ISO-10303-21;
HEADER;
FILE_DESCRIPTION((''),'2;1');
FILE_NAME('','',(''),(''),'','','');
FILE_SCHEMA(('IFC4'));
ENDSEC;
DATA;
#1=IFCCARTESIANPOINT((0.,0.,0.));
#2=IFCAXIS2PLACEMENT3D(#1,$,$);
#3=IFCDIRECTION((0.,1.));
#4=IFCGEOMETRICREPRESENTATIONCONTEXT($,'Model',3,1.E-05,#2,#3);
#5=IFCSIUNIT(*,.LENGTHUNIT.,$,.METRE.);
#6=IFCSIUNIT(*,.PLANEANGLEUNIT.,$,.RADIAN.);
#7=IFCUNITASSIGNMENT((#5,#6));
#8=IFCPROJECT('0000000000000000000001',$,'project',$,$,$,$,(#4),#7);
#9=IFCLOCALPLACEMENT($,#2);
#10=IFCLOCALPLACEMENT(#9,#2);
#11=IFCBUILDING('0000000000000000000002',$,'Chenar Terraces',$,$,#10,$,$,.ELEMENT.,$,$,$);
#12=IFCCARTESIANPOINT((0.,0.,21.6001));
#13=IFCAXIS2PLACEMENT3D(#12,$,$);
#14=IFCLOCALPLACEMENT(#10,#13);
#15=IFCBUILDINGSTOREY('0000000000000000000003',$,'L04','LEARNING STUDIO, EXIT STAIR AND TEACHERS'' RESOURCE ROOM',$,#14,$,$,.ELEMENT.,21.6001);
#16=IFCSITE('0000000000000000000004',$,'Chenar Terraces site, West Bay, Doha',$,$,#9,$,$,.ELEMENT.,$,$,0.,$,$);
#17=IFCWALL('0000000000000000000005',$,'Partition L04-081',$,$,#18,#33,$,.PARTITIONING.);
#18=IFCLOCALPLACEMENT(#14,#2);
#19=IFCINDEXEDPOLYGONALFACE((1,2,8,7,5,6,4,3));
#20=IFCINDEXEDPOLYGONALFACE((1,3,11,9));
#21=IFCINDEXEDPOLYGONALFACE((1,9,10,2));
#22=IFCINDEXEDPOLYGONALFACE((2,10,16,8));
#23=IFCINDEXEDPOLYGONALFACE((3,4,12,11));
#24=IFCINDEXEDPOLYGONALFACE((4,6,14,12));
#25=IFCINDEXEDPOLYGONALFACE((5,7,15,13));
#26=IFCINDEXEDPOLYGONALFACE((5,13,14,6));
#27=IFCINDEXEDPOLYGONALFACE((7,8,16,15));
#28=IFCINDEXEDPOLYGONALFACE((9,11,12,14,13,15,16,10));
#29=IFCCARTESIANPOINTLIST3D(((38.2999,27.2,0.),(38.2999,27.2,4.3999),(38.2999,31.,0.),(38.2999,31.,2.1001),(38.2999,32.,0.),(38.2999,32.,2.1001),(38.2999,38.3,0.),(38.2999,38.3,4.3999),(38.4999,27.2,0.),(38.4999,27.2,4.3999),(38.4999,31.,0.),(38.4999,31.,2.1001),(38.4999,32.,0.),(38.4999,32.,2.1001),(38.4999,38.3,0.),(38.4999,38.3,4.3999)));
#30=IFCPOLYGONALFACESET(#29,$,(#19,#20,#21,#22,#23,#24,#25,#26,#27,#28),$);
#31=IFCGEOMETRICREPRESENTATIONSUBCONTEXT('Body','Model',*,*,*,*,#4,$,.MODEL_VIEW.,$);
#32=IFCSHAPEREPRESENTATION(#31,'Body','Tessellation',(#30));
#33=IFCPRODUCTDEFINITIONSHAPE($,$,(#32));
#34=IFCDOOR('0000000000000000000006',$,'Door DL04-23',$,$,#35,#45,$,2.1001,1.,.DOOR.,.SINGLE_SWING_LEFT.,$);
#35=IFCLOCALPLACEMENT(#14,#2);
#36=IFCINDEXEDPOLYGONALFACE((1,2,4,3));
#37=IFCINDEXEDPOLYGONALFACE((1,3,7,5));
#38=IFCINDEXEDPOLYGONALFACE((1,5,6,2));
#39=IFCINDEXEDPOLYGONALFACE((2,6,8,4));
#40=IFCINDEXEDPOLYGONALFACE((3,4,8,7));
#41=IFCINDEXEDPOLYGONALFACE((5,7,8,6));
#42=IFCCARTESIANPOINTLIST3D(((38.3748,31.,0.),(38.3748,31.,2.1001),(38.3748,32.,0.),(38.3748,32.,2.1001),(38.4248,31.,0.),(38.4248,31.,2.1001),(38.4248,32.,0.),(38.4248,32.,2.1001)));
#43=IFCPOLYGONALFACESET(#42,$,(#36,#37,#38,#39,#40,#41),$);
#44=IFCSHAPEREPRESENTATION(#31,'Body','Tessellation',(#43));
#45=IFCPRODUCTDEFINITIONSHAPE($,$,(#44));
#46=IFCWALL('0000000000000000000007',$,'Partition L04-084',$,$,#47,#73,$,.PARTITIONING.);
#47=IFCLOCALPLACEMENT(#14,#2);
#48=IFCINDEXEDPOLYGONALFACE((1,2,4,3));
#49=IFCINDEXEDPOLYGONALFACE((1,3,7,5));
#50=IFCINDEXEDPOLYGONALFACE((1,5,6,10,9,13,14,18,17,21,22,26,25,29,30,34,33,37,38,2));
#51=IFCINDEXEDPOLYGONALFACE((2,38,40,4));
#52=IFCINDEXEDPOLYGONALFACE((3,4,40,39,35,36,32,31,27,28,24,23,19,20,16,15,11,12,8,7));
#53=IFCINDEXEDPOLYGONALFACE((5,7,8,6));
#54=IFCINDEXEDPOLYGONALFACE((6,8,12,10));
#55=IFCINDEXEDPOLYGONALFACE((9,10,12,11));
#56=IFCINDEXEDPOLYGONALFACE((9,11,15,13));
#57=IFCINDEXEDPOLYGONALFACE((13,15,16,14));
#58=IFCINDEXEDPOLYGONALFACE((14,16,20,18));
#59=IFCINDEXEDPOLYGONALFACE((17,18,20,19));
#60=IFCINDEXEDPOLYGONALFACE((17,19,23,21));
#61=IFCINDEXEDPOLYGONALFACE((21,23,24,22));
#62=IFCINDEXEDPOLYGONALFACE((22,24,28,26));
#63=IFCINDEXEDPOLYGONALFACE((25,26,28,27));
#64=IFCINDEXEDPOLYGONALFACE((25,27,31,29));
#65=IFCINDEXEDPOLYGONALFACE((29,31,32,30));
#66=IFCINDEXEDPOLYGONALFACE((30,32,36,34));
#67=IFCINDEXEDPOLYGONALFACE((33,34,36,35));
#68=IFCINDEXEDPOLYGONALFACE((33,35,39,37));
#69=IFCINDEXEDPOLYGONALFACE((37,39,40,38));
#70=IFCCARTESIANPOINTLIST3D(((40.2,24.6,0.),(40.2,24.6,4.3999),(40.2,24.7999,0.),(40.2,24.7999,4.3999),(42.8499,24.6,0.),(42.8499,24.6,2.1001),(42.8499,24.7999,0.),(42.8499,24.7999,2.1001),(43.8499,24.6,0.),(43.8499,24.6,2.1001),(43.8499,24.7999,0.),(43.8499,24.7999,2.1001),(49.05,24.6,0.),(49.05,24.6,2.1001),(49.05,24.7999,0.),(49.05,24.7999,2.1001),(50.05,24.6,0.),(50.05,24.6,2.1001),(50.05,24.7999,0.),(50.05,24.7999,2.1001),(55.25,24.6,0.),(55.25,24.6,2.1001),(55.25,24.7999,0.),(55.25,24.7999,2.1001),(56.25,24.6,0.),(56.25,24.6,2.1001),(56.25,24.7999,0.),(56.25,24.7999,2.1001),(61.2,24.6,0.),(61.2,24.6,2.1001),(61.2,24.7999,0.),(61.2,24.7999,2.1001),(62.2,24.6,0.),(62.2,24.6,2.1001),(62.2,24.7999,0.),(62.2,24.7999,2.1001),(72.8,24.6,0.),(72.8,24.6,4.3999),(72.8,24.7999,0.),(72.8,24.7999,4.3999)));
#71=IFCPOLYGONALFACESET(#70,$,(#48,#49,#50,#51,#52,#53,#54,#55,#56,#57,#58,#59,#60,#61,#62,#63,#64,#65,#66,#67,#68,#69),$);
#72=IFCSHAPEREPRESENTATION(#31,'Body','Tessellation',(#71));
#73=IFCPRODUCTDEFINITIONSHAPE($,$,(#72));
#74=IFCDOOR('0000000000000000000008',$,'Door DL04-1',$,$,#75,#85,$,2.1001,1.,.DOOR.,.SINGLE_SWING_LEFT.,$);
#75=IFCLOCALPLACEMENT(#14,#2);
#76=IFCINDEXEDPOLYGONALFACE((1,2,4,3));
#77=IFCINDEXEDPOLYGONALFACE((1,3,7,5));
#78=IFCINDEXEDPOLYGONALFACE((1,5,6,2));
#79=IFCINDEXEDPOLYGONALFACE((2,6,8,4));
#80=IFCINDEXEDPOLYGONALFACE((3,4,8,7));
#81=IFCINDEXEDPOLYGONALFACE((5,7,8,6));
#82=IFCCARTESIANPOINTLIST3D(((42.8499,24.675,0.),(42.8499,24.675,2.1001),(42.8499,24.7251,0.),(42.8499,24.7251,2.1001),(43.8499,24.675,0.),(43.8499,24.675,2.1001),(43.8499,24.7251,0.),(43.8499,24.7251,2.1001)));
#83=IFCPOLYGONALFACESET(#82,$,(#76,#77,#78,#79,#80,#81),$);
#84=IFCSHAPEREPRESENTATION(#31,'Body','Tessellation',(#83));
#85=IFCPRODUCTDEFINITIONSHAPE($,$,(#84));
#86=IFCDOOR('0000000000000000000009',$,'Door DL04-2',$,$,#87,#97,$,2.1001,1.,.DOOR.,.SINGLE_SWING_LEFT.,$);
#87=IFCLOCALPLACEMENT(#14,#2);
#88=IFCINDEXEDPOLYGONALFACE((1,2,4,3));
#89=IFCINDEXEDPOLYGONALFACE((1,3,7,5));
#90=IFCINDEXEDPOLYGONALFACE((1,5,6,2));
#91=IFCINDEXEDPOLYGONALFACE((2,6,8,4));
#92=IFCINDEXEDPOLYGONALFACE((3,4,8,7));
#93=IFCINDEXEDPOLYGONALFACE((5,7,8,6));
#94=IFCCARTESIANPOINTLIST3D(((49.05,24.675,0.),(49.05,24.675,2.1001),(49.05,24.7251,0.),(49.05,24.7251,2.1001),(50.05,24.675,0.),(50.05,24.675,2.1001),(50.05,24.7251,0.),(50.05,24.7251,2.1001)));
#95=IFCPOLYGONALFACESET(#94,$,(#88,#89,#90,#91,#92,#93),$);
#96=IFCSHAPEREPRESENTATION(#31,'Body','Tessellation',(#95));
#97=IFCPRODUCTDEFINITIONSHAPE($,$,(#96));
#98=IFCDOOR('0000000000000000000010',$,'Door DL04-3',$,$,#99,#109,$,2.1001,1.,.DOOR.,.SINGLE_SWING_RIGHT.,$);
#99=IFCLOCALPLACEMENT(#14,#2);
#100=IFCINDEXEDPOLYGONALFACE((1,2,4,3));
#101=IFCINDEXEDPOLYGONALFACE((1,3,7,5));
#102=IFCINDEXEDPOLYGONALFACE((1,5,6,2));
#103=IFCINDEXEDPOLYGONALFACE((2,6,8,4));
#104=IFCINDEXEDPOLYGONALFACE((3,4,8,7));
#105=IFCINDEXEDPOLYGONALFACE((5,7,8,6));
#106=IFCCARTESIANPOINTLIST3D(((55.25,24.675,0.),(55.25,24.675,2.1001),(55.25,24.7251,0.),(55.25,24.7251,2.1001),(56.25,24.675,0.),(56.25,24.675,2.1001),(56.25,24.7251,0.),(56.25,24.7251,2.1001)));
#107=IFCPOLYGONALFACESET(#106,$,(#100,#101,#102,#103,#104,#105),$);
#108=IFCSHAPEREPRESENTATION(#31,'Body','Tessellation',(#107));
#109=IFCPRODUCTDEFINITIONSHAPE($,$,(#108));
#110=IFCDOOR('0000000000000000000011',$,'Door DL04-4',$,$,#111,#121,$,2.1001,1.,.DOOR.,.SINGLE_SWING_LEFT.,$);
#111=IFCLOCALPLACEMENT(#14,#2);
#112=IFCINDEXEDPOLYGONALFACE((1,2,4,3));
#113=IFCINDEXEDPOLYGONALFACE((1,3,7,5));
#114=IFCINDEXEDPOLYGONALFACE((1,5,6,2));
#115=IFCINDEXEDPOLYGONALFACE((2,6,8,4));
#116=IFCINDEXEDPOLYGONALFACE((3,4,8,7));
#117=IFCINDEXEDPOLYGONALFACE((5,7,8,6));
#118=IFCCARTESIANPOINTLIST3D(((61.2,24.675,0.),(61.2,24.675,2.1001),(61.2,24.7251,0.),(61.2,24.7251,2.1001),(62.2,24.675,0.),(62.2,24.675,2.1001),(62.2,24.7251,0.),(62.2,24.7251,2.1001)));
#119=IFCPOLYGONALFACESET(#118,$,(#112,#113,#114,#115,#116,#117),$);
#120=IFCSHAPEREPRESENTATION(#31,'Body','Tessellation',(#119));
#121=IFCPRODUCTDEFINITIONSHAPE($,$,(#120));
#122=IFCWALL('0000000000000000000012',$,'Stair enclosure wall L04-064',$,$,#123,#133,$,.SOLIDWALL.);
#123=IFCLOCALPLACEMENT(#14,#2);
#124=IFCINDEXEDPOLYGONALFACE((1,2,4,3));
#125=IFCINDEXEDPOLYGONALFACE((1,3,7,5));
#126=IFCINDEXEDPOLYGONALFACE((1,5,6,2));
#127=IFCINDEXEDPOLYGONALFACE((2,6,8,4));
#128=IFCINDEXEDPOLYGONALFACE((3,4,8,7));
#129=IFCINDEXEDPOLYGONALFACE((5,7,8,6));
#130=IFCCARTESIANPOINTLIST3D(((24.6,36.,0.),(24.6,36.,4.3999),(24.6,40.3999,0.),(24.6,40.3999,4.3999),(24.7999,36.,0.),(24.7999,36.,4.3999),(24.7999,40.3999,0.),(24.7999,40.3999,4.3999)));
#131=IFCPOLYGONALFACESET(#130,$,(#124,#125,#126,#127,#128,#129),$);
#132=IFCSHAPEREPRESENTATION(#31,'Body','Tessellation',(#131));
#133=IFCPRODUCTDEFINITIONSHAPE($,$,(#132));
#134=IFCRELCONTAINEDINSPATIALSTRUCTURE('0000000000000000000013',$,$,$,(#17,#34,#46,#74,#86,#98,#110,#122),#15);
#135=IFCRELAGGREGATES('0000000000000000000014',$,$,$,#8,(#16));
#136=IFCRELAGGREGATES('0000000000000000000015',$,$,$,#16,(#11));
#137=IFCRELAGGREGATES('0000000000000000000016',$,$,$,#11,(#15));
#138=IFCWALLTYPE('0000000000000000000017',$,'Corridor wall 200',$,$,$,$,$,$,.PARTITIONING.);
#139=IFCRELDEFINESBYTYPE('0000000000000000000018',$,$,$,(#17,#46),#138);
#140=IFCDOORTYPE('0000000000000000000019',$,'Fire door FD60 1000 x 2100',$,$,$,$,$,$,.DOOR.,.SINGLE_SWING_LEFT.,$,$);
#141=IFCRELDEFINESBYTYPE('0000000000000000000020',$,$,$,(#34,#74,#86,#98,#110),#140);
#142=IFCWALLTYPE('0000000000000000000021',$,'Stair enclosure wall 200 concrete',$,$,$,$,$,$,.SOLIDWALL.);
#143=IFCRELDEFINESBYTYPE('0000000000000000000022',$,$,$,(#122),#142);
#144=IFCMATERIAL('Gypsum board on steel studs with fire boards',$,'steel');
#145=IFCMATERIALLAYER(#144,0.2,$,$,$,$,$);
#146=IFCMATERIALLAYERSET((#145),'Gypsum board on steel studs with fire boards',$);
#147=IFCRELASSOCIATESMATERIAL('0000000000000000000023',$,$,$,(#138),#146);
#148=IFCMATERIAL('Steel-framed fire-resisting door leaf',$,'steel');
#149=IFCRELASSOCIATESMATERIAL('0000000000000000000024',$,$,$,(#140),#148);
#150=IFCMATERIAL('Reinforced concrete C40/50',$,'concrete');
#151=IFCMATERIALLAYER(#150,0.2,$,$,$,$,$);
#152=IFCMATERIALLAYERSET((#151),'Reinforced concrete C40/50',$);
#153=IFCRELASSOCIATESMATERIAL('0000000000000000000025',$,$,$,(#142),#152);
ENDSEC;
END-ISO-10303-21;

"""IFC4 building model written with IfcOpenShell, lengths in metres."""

from ifc_helpers import new_model, si_unit, direction, frame, frame_2d, origin, place, context, subcontext, project, spatial, rectangle, extrude, material, layer, layer_set, type_object, element, fill, save


model = new_model("IFC4")

# Units and contexts
model_context = context("Model", 3, precision=1e-05, world=origin(), true_north=direction((0.0, 1.0)))
body_context = subcontext(model_context, "Body", "Model", "MODEL_VIEW")
ifc_project = project(units=[si_unit("LENGTHUNIT", "METRE"), si_unit("PLANEANGLEUNIT", "RADIAN")], contexts=[model_context])

# Site, building, storey
site_placement = place(None, origin())
site = spatial("IfcSite", under=ifc_project, at=site_placement, Name="Chenar Terraces site, West Bay, Doha", CompositionType="ELEMENT", RefElevation=0.0)
building_placement = place(site_placement, origin())
building = spatial("IfcBuilding", under=site, at=building_placement, Name="Chenar Terraces", CompositionType="ELEMENT")
storey_placement = place(building_placement, frame((0.0, 0.0, 21.6001)))
storey = spatial("IfcBuildingStorey", under=building, at=storey_placement, Name="L04", Description="LEARNING STUDIO, EXIT STAIR AND TEACHERS' RESOURCE ROOM", CompositionType="ELEMENT", Elevation=21.6001)

# Shared definitions
ifc_material_1 = material(Name="Gypsum board on steel studs with fire boards", Category="steel")
ifc_layer_1 = layer(ifc_material_1, 0.2)
ifc_layer_set_1 = layer_set([ifc_layer_1], Name="Gypsum board on steel studs with fire boards")
wall_type_1 = type_object("IfcWallType", Name="Corridor wall 200", PredefinedType="PARTITIONING", material=ifc_layer_set_1)
ifc_material_2 = material(Name="Steel-framed fire-resisting door leaf", Category="steel")
door_type_1 = type_object("IfcDoorType", Name="Fire door FD60 1000 x 2100", OperationType="SINGLE_SWING_LEFT", PredefinedType="DOOR", material=ifc_material_2)

# Wall, opening, door
wall_1_placement = place(storey_placement, frame((38.3999, 27.2, 0.0), z_axis=(0.0, 0.0, 1.0), x_axis=(0.0, 1.0, 0.0)))
wall_1 = element("IfcWall", 1, at=wall_1_placement, inside=storey, type_object=wall_type_1, Name="Partition L04-081", PredefinedType="PARTITIONING", context=body_context, shape_type="SweptSolid", body=[
    extrude(rectangle(XDim=11.1001, YDim=0.2, at=frame_2d((5.55, 0.0))), origin(), (0.0, 0.0, 1.0), 4.3999),
])
opening_1_placement = place(wall_1_placement, frame((3.8, 0.0, 0.0)))
opening_1 = element("IfcOpeningElement", 2, at=opening_1_placement, cuts=wall_1, PredefinedType="OPENING", context=body_context, shape_type="SweptSolid", body=[
    extrude(rectangle(XDim=1.0, YDim=2.1001, at=frame_2d((0.5, 1.05))), frame((0.0, 0.1099, 0.0), z_axis=(0.0, -1.0, 0.0), x_axis=(1.0, 0.0, 0.0)), (0.0, 0.0, 1.0), 0.22),
])
door_1_placement = place(opening_1_placement, frame((1.0, 0.0, 0.0), z_axis=(0.0, 0.0, 1.0), x_axis=(-1.0, 0.0, 0.0)))
door_1 = element("IfcDoor", 3, at=door_1_placement, inside=storey, type_object=door_type_1, Name="Door DL04-23", OperationType="SINGLE_SWING_LEFT", OverallHeight=2.1001, OverallWidth=1.0, PredefinedType="DOOR", context=body_context, shape_type="SweptSolid", body=[
    extrude(rectangle(XDim=1.0, YDim=2.1001, at=frame_2d((0.5, 1.05))), frame((0.0, 0.0249, 0.0), z_axis=(0.0, -1.0, 0.0), x_axis=(1.0, 0.0, 0.0)), (0.0, 0.0, 1.0), 0.05),
])
fill(opening_1, door_1)

# Wall, openings, doors
wall_2_placement = place(storey_placement, frame((40.2, 24.7, 0.0), z_axis=(0.0, 0.0, 1.0), x_axis=(1.0, 0.0, 0.0)))
wall_2 = element("IfcWall", 4, at=wall_2_placement, inside=storey, type_object=wall_type_1, Name="Partition L04-084", PredefinedType="PARTITIONING", context=body_context, shape_type="SweptSolid", body=[
    extrude(rectangle(XDim=32.6001, YDim=0.2, at=frame_2d((16.3, 0.0))), origin(), (0.0, 0.0, 1.0), 4.3999),
])
opening_2_placement = place(wall_2_placement, frame((2.6499, 0.0, 0.0)))
opening_2 = element("IfcOpeningElement", 5, at=opening_2_placement, cuts=wall_2, PredefinedType="OPENING", context=body_context, shape_type="SweptSolid", body=[
    extrude(rectangle(XDim=1.0, YDim=2.1001, at=frame_2d((0.5, 1.05))), frame((0.0, 0.1099, 0.0), z_axis=(0.0, -1.0, 0.0), x_axis=(1.0, 0.0, 0.0)), (0.0, 0.0, 1.0), 0.22),
])
opening_3_placement = place(wall_2_placement, frame((8.8501, 0.0, 0.0)))
opening_3 = element("IfcOpeningElement", 6, at=opening_3_placement, cuts=wall_2, PredefinedType="OPENING", context=body_context, shape_type="SweptSolid", body=[
    extrude(rectangle(XDim=1.0, YDim=2.1001, at=frame_2d((0.5, 1.05))), frame((0.0, 0.1099, 0.0), z_axis=(0.0, -1.0, 0.0), x_axis=(1.0, 0.0, 0.0)), (0.0, 0.0, 1.0), 0.22),
])
opening_4_placement = place(wall_2_placement, frame((15.05, 0.0, 0.0)))
opening_4 = element("IfcOpeningElement", 7, at=opening_4_placement, cuts=wall_2, PredefinedType="OPENING", context=body_context, shape_type="SweptSolid", body=[
    extrude(rectangle(XDim=1.0, YDim=2.1001, at=frame_2d((0.5, 1.05))), frame((0.0, 0.1099, 0.0), z_axis=(0.0, -1.0, 0.0), x_axis=(1.0, 0.0, 0.0)), (0.0, 0.0, 1.0), 0.22),
])
opening_5_placement = place(wall_2_placement, frame((21.0, 0.0, 0.0)))
opening_5 = element("IfcOpeningElement", 8, at=opening_5_placement, cuts=wall_2, PredefinedType="OPENING", context=body_context, shape_type="SweptSolid", body=[
    extrude(rectangle(XDim=1.0, YDim=2.1001, at=frame_2d((0.5, 1.05))), frame((0.0, 0.1099, 0.0), z_axis=(0.0, -1.0, 0.0), x_axis=(1.0, 0.0, 0.0)), (0.0, 0.0, 1.0), 0.22),
])
door_2_placement = place(opening_2_placement, frame((1.0, 0.0, 0.0), z_axis=(0.0, 0.0, 1.0), x_axis=(-1.0, 0.0, 0.0)))
door_2 = element("IfcDoor", 9, at=door_2_placement, inside=storey, type_object=door_type_1, Name="Door DL04-1", OperationType="SINGLE_SWING_LEFT", OverallHeight=2.1001, OverallWidth=1.0, PredefinedType="DOOR", context=body_context, shape_type="SweptSolid", body=[
    extrude(rectangle(XDim=1.0, YDim=2.1001, at=frame_2d((0.5, 1.05))), frame((0.0, 0.0249, 0.0), z_axis=(0.0, -1.0, 0.0), x_axis=(1.0, 0.0, 0.0)), (0.0, 0.0, 1.0), 0.05),
])
fill(opening_2, door_2)
door_3_placement = place(opening_3_placement, frame((1.0, 0.0, 0.0), z_axis=(0.0, 0.0, 1.0), x_axis=(-1.0, 0.0, 0.0)))
door_3 = element("IfcDoor", 10, at=door_3_placement, inside=storey, type_object=door_type_1, Name="Door DL04-2", OperationType="SINGLE_SWING_LEFT", OverallHeight=2.1001, OverallWidth=1.0, PredefinedType="DOOR", context=body_context, shape_type="SweptSolid", body=[
    extrude(rectangle(XDim=1.0, YDim=2.1001, at=frame_2d((0.5, 1.05))), frame((0.0, 0.0249, 0.0), z_axis=(0.0, -1.0, 0.0), x_axis=(1.0, 0.0, 0.0)), (0.0, 0.0, 1.0), 0.05),
])
fill(opening_3, door_3)
door_4_placement = place(opening_4_placement, frame((1.0, 0.0, 0.0), z_axis=(0.0, 0.0, 1.0), x_axis=(-1.0, 0.0, 0.0)))
door_4 = element("IfcDoor", 11, at=door_4_placement, inside=storey, type_object=door_type_1, Name="Door DL04-3", OperationType="SINGLE_SWING_RIGHT", OverallHeight=2.1001, OverallWidth=1.0, PredefinedType="DOOR", context=body_context, shape_type="SweptSolid", body=[
    extrude(rectangle(XDim=1.0, YDim=2.1001, at=frame_2d((0.5, 1.05))), frame((0.0, 0.0249, 0.0), z_axis=(0.0, -1.0, 0.0), x_axis=(1.0, 0.0, 0.0)), (0.0, 0.0, 1.0), 0.05),
])
fill(opening_4, door_4)
door_5_placement = place(opening_5_placement, frame((1.0, 0.0, 0.0), z_axis=(0.0, 0.0, 1.0), x_axis=(-1.0, 0.0, 0.0)))
door_5 = element("IfcDoor", 12, at=door_5_placement, inside=storey, type_object=door_type_1, Name="Door DL04-4", OperationType="SINGLE_SWING_LEFT", OverallHeight=2.1001, OverallWidth=1.0, PredefinedType="DOOR", context=body_context, shape_type="SweptSolid", body=[
    extrude(rectangle(XDim=1.0, YDim=2.1001, at=frame_2d((0.5, 1.05))), frame((0.0, 0.0249, 0.0), z_axis=(0.0, -1.0, 0.0), x_axis=(1.0, 0.0, 0.0)), (0.0, 0.0, 1.0), 0.05),
])
fill(opening_5, door_5)

# Wall
ifc_material_3 = material(Name="Reinforced concrete C40/50", Category="concrete")
ifc_layer_2 = layer(ifc_material_3, 0.2)
ifc_layer_set_2 = layer_set([ifc_layer_2], Name="Reinforced concrete C40/50")
wall_type_2 = type_object("IfcWallType", Name="Stair enclosure wall 200 concrete", PredefinedType="SOLIDWALL", material=ifc_layer_set_2)
wall_3_placement = place(storey_placement, frame((24.7, 36.0, 0.0), z_axis=(0.0, 0.0, 1.0), x_axis=(0.0, 1.0, 0.0)))
element("IfcWall", 13, at=wall_3_placement, inside=storey, type_object=wall_type_2, Name="Stair enclosure wall L04-064", PredefinedType="SOLIDWALL", context=body_context, shape_type="SweptSolid", body=[
    extrude(rectangle(XDim=4.3999, YDim=0.2, at=frame_2d((2.2, 0.0))), origin(), (0.0, 0.0, 1.0), 4.3999),
])

save(model, "model.ifc")
